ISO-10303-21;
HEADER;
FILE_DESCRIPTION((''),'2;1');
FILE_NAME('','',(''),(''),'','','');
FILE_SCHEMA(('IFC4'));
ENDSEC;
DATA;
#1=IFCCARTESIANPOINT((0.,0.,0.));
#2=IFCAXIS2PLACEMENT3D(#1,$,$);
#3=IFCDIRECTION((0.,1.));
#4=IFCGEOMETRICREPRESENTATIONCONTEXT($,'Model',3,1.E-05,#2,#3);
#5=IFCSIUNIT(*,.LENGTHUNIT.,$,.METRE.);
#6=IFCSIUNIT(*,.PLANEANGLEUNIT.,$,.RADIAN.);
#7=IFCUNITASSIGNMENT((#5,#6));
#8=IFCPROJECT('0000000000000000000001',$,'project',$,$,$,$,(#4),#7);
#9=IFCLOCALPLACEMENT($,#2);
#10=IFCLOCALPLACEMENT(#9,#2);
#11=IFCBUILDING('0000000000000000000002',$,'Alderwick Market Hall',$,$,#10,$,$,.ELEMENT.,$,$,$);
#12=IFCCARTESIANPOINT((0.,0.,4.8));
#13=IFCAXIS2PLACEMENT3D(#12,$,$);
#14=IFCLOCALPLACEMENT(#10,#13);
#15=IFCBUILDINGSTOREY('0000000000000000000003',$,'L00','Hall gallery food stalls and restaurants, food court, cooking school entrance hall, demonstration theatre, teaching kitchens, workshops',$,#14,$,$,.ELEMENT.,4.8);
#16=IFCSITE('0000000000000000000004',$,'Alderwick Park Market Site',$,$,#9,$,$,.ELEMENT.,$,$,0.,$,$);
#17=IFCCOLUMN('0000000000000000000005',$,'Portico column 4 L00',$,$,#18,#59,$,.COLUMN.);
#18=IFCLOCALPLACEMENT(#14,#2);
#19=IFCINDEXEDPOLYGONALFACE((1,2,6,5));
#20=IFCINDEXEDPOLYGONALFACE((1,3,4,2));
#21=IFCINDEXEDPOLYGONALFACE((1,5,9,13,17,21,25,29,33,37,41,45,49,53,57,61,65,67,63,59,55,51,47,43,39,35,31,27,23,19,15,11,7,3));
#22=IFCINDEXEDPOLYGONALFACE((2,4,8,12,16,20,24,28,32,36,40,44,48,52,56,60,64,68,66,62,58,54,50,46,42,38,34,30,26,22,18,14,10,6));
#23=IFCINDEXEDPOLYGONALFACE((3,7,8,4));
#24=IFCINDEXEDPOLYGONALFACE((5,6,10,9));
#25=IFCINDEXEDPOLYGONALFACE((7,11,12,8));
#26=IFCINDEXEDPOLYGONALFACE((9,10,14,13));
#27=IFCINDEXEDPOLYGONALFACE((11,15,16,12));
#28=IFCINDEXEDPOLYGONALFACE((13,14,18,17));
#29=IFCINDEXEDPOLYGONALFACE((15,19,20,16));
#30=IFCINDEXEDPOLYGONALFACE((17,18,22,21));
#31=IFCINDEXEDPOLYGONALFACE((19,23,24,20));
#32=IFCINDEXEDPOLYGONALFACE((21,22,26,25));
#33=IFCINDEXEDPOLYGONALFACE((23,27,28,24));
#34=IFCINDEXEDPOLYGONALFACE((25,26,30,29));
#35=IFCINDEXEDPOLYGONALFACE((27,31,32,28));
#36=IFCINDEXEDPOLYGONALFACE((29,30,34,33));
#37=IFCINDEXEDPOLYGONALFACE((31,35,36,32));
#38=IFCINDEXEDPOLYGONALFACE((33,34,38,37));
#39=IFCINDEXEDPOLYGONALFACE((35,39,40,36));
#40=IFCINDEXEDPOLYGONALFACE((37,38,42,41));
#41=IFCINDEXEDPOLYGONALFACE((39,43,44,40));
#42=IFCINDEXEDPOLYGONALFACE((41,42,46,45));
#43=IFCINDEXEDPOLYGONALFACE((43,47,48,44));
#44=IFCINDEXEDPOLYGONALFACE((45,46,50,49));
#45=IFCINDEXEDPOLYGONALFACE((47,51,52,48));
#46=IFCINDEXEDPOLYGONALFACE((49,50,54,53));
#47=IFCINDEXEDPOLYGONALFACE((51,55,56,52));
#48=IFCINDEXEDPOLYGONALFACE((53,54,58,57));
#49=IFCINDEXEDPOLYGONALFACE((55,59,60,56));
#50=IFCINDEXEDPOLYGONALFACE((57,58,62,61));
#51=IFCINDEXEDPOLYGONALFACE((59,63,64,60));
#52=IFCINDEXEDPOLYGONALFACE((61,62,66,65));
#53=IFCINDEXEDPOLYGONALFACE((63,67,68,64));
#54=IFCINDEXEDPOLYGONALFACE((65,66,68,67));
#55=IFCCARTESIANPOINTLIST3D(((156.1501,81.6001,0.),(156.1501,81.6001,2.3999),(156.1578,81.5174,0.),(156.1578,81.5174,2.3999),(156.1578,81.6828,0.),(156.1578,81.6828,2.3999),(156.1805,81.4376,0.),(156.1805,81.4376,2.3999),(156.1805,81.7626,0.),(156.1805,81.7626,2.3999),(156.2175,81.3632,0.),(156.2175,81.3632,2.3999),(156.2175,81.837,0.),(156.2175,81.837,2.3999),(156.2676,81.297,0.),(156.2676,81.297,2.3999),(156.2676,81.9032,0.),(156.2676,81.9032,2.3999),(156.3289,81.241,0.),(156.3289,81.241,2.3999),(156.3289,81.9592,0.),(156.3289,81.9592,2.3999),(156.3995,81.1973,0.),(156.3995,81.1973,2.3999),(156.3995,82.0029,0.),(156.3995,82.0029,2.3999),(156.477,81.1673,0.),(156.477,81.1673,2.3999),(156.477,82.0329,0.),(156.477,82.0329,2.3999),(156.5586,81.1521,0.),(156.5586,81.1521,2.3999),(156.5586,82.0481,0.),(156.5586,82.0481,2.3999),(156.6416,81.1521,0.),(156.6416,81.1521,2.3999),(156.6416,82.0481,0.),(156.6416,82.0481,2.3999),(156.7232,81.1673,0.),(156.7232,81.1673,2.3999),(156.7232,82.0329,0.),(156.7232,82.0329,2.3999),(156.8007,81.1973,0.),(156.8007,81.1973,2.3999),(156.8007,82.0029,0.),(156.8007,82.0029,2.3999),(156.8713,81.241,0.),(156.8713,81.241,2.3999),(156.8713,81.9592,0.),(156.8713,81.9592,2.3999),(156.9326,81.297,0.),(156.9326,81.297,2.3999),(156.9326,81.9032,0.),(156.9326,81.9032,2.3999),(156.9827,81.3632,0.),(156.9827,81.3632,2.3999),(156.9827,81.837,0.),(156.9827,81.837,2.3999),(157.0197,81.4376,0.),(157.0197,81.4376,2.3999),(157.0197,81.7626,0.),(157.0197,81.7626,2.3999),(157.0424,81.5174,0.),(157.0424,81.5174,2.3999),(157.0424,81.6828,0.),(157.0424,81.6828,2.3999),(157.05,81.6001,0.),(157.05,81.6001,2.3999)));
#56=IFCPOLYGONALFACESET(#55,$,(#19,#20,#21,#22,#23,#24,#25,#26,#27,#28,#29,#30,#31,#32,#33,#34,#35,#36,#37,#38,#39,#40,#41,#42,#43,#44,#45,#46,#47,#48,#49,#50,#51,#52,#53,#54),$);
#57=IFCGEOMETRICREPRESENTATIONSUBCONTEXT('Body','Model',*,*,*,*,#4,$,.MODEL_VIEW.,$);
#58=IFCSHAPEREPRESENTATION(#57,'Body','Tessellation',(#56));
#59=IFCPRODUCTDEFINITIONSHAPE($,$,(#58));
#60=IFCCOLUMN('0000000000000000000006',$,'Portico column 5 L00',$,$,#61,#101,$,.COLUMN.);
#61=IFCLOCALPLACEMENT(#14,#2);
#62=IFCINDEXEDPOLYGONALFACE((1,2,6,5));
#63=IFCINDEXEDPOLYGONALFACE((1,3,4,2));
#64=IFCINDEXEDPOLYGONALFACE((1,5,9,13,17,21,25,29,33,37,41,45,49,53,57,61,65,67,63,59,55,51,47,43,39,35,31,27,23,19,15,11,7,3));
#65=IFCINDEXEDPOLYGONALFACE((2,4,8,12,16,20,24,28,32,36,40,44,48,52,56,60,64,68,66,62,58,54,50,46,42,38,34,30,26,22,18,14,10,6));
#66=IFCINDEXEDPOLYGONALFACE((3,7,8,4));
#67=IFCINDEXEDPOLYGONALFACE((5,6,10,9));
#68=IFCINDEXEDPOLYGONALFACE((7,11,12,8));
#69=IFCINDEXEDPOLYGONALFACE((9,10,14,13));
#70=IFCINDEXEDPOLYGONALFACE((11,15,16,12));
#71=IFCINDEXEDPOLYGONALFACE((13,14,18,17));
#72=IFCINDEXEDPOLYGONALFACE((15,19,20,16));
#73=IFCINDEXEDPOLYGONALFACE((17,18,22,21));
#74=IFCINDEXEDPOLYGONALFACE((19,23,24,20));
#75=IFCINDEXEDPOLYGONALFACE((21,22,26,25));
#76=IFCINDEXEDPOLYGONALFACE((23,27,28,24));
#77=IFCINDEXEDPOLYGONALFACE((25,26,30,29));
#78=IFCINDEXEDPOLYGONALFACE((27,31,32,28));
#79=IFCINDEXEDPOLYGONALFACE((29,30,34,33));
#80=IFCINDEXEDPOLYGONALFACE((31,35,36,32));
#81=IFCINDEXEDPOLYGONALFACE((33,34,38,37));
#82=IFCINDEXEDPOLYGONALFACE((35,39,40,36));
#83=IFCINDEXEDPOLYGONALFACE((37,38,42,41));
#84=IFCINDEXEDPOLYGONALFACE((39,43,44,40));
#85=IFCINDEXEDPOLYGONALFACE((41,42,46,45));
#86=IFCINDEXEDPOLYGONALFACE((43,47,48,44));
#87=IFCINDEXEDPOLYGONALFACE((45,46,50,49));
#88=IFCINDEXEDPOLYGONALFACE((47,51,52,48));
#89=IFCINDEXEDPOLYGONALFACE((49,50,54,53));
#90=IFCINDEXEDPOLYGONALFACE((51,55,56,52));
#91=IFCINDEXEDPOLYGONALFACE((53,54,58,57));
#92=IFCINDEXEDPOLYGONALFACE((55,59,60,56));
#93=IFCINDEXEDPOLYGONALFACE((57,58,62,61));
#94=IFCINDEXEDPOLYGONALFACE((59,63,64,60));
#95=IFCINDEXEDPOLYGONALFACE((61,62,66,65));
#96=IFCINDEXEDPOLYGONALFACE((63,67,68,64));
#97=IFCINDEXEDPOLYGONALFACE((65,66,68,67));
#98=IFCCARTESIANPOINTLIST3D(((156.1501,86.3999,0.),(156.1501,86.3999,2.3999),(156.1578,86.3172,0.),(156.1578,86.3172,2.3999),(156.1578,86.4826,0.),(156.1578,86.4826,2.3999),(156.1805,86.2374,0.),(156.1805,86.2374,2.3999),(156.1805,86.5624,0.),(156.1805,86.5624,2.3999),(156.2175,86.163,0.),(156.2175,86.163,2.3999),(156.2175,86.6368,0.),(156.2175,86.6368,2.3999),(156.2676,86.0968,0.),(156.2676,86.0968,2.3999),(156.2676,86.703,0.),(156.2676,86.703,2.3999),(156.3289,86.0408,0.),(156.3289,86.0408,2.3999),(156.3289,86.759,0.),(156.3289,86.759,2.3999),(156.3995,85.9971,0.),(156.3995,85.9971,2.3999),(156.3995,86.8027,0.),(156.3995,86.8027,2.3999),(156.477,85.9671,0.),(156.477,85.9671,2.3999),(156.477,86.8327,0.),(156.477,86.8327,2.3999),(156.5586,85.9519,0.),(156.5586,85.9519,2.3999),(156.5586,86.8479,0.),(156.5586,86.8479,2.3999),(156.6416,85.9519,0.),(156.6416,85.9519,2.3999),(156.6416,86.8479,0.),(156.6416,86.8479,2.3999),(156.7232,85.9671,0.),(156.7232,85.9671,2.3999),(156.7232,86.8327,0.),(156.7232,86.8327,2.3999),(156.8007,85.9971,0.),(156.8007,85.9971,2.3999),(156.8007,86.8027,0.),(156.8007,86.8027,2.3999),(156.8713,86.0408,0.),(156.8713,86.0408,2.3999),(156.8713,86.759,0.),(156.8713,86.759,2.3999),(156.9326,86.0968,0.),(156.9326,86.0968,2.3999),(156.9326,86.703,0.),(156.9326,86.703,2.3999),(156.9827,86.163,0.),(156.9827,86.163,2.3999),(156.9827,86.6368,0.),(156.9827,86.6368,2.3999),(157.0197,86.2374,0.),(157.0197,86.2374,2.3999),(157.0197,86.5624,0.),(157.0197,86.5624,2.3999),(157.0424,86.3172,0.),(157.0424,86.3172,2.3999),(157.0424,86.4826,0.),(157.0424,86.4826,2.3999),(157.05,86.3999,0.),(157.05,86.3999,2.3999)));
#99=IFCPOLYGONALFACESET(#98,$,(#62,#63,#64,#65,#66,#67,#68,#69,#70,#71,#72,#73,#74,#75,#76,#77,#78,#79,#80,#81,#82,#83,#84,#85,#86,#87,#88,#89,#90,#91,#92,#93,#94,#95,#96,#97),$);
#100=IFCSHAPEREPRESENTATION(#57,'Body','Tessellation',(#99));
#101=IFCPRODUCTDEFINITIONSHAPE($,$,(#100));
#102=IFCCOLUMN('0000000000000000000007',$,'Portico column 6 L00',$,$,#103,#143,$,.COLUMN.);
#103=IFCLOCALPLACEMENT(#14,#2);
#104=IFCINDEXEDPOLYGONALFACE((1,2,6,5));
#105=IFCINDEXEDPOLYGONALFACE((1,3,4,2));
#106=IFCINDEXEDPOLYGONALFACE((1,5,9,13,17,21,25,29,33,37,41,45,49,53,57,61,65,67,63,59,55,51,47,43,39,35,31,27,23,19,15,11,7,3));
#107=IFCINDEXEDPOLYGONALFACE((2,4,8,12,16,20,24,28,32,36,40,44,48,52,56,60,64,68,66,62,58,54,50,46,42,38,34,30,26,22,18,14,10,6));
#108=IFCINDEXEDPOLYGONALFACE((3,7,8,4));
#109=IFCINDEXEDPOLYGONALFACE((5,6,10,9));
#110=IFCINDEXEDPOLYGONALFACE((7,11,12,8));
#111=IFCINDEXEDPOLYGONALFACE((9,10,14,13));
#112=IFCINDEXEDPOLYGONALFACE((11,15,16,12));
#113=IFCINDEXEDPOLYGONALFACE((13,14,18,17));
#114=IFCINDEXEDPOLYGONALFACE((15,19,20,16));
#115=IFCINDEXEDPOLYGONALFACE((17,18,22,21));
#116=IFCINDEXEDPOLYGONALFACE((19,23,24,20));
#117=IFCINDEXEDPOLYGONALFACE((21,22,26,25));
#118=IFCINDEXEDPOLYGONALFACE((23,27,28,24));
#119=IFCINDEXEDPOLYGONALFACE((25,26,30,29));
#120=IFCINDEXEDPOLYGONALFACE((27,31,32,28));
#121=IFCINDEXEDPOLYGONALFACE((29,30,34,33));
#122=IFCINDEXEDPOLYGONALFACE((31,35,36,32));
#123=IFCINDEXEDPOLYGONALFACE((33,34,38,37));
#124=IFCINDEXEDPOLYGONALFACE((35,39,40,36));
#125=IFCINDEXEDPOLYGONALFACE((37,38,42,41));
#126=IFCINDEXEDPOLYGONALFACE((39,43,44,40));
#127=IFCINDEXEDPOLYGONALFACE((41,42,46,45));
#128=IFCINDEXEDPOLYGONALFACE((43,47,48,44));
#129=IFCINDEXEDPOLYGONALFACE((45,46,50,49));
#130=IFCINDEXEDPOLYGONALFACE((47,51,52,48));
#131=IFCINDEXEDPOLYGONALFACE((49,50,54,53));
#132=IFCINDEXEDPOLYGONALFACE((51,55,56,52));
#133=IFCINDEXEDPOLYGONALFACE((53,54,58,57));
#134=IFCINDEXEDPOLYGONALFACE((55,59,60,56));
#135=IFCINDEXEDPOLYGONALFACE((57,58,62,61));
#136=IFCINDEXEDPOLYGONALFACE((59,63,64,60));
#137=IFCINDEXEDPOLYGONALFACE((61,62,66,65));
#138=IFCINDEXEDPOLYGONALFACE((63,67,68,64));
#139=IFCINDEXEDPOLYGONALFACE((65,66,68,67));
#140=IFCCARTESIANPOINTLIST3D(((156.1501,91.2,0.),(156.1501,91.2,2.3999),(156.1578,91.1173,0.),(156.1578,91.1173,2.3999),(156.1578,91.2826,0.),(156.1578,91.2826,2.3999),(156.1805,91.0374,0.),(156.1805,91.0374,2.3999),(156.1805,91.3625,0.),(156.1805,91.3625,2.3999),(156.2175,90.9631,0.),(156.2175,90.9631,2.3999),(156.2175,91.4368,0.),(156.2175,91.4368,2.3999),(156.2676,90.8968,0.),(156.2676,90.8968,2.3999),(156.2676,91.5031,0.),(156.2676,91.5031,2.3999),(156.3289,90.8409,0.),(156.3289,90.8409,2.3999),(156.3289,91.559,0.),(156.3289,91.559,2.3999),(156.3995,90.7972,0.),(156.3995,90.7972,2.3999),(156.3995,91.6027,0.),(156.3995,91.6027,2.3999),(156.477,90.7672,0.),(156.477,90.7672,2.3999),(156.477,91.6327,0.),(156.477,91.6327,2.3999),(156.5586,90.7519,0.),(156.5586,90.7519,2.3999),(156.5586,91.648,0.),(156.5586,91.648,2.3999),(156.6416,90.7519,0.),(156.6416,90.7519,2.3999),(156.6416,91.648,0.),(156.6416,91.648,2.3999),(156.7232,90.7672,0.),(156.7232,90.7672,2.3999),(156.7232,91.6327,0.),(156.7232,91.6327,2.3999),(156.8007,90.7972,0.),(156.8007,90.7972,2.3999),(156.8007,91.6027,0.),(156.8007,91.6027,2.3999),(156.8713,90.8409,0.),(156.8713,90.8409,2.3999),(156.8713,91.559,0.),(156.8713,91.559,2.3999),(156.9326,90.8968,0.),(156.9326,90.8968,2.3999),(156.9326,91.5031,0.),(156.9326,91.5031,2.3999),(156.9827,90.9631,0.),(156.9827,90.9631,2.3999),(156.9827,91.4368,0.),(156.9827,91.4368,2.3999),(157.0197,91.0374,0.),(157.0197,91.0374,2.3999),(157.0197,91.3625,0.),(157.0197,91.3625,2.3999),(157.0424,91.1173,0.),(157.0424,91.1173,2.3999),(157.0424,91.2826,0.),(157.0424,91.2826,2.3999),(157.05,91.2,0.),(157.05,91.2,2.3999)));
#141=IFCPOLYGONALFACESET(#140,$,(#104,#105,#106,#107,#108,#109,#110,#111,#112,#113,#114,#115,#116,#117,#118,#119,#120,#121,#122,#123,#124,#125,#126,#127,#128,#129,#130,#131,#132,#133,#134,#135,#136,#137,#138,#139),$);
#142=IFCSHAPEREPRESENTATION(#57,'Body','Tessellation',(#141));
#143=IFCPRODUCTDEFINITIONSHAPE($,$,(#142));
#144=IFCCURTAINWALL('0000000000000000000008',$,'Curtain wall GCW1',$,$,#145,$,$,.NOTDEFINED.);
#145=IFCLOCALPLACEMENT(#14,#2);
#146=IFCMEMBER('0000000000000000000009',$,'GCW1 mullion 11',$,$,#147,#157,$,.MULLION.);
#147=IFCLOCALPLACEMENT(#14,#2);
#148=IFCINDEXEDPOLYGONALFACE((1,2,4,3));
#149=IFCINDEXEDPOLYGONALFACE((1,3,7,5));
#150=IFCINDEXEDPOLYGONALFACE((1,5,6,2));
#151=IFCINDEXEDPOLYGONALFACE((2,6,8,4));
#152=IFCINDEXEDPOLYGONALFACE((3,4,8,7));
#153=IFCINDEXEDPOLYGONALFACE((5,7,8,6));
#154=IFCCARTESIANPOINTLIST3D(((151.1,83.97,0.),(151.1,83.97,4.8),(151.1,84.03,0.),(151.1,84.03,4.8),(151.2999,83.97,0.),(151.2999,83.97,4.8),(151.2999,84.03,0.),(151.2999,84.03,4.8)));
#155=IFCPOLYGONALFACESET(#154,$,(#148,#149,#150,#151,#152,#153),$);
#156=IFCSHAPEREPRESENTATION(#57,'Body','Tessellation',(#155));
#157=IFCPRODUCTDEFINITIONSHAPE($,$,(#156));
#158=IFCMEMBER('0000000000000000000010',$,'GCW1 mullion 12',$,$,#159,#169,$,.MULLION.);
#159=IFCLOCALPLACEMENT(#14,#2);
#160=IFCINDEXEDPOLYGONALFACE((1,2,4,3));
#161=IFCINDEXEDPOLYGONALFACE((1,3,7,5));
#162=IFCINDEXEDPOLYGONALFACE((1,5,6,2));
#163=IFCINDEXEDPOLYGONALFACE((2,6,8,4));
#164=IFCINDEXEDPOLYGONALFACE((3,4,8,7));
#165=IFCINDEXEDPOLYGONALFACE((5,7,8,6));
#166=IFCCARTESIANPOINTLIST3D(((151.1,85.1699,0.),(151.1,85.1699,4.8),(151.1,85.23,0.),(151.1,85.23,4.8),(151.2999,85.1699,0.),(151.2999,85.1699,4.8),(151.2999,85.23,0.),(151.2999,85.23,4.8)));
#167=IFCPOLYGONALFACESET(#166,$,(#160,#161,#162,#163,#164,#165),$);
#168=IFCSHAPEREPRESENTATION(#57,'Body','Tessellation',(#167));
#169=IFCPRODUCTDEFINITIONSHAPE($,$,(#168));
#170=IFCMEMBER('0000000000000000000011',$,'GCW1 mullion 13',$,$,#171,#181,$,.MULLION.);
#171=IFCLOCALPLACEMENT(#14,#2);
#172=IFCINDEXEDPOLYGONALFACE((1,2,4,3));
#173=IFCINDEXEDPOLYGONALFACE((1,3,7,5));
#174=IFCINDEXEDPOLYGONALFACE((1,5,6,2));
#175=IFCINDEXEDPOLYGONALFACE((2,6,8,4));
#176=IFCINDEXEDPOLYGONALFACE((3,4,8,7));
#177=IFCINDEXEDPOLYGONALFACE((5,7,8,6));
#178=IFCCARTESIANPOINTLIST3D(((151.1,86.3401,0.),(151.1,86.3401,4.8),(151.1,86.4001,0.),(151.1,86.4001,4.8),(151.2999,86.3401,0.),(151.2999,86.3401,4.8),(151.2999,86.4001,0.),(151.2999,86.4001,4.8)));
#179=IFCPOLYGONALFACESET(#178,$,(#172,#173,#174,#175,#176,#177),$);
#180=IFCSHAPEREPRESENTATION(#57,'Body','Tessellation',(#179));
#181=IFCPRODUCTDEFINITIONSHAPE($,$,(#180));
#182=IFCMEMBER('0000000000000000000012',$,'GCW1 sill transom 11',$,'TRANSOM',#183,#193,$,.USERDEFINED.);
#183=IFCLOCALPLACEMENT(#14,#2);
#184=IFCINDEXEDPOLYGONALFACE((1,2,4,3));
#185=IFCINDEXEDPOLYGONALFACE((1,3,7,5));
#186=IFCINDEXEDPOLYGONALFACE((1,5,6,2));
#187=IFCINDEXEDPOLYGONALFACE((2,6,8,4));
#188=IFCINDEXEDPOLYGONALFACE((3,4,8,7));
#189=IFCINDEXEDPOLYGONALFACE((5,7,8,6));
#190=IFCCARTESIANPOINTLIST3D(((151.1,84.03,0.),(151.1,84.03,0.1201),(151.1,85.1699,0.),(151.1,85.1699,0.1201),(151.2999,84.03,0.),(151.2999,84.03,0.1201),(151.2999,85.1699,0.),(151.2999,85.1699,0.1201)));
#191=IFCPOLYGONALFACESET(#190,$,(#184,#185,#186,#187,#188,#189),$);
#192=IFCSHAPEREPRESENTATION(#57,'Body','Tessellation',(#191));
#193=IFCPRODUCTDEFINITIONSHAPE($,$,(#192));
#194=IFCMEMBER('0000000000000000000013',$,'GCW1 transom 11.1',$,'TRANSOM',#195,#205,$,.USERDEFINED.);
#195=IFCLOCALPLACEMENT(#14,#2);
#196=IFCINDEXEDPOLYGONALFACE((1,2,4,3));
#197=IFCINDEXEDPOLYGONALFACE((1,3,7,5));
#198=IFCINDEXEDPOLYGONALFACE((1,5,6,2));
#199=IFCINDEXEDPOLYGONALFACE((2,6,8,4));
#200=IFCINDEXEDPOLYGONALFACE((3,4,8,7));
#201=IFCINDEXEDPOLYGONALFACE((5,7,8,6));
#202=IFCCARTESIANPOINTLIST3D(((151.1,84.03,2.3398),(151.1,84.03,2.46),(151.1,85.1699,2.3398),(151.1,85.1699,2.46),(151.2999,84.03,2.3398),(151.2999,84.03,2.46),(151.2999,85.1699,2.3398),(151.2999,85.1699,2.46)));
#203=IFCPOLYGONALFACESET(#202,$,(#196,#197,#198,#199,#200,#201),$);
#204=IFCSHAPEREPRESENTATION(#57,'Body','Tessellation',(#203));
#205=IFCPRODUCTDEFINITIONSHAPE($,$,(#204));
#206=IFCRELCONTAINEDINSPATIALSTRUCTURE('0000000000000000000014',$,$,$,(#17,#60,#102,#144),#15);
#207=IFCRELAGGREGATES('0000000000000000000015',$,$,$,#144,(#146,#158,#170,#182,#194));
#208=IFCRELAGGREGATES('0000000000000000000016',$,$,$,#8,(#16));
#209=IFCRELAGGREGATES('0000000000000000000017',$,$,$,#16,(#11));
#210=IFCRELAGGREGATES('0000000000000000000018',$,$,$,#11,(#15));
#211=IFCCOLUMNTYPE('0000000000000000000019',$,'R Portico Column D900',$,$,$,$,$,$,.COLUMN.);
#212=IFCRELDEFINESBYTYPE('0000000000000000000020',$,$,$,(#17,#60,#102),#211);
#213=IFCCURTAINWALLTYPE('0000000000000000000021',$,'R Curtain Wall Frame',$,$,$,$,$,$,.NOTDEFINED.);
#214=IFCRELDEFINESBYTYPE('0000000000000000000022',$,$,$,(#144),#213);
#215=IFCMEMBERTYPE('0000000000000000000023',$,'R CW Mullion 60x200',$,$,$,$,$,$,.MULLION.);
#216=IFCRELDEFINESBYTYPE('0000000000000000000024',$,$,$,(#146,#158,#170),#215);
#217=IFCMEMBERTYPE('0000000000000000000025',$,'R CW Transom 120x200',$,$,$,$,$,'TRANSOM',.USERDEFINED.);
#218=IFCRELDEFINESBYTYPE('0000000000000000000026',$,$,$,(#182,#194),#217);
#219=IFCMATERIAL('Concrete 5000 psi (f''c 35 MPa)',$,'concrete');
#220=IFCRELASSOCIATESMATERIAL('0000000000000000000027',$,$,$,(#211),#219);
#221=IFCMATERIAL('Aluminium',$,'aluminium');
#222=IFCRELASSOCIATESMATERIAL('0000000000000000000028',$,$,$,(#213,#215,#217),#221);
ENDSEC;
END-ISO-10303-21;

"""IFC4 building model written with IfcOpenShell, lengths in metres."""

from ifc_helpers import new_model, si_unit, direction, frame, origin, origin_2d, place, context, subcontext, project, spatial, rectangle, circle, extrude, material, material_profile, profile_set, type_object, element, aggregate, save


model = new_model("IFC4")

# Units and contexts
model_context = context("Model", 3, precision=1e-05, world=origin(), true_north=direction((0.0, 1.0)))
body_context = subcontext(model_context, "Body", "Model", "MODEL_VIEW")
ifc_project = project(units=[si_unit("LENGTHUNIT", "METRE"), si_unit("PLANEANGLEUNIT", "RADIAN")], contexts=[model_context])

# Site, building, storey
site_placement = place(None, origin())
site = spatial("IfcSite", under=ifc_project, at=site_placement, Name="Alderwick Park Market Site", CompositionType="ELEMENT", RefElevation=0.0)
building_placement = place(site_placement, origin())
building = spatial("IfcBuilding", under=site, at=building_placement, Name="Alderwick Market Hall", CompositionType="ELEMENT")
storey_placement = place(building_placement, frame((0.0, 0.0, 4.8)))
storey = spatial("IfcBuildingStorey", under=building, at=storey_placement, Name="L00", Description="Hall gallery food stalls and restaurants, food court, cooking school entrance hall, demonstration theatre, teaching kitchens, workshops", CompositionType="ELEMENT", Elevation=4.8)

# Columns
ifc_material_1 = material(Name="Concrete 5000 psi (f'c 35 MPa)", Category="concrete")
ifc_material_profile_1 = material_profile(ifc_material_1, circle(Radius=0.45, at=origin_2d()), Name="RC D900")
ifc_profile_set_1 = profile_set([ifc_material_profile_1], Name="Concrete 5000 psi (f'c 35 MPa)")
column_type = type_object("IfcColumnType", Name="R Portico Column D900", PredefinedType="COLUMN", material=ifc_profile_set_1)
for number, where, z_axis, x_axis, name in (
    (1, (156.6001, 81.6001, 0.0), (0.0, 0.0, 1.0), (1.0, 0.0, 0.0), "Portico column 4 L00"),
    (2, (156.6001, 86.3999, 0.0), (0.0, 0.0, 1.0), (1.0, 0.0, 0.0), "Portico column 5 L00"),
    (3, (156.6001, 91.2, 0.0), (0.0, 0.0, 1.0), (1.0, 0.0, 0.0), "Portico column 6 L00"),
):
    element("IfcColumn", number, at=place(storey_placement, frame(where, z_axis=z_axis, x_axis=x_axis)), inside=storey, type_object=column_type, Name=name, PredefinedType="COLUMN", context=body_context, shape_type="SweptSolid", body=[
        extrude(circle(Radius=0.45, at=origin_2d()), origin(), (0.0, 0.0, 1.0), 2.3999),
    ])

# Curtain wall, members
ifc_material_2 = material(Name="Aluminium", Category="aluminium")
curtain_wall_type = type_object("IfcCurtainWallType", Name="R Curtain Wall Frame", PredefinedType="NOTDEFINED", material=ifc_material_2)
curtain_wall_placement = place(storey_placement, origin())
curtain_wall = element("IfcCurtainWall", 4, at=curtain_wall_placement, inside=storey, type_object=curtain_wall_type, Name="Curtain wall GCW1", PredefinedType="NOTDEFINED")
ifc_material_profile_2 = material_profile(ifc_material_2, rectangle(XDim=0.2, YDim=0.0601, at=origin_2d()), Name="AL 60x200")
ifc_profile_set_2 = profile_set([ifc_material_profile_2], Name="Aluminium")
member_type_1 = type_object("IfcMemberType", Name="R CW Mullion 60x200", PredefinedType="MULLION", material=ifc_profile_set_2)
member_1_placement = place(storey_placement, frame((151.2, 84.0, 0.0), z_axis=(0.0, 0.0, 1.0), x_axis=(1.0, 0.0, 0.0)))
member_1 = element("IfcMember", 5, at=member_1_placement, type_object=member_type_1, Name="GCW1 mullion 11", PredefinedType="MULLION", context=body_context, shape_type="SweptSolid", body=[
    extrude(rectangle(XDim=0.2, YDim=0.0601, at=origin_2d()), origin(), (0.0, 0.0, 1.0), 4.8),
])
member_2_placement = place(storey_placement, frame((151.2, 85.2, 0.0), z_axis=(0.0, 0.0, 1.0), x_axis=(1.0, 0.0, 0.0)))
member_2 = element("IfcMember", 6, at=member_2_placement, type_object=member_type_1, Name="GCW1 mullion 12", PredefinedType="MULLION", context=body_context, shape_type="SweptSolid", body=[
    extrude(rectangle(XDim=0.2, YDim=0.0601, at=origin_2d()), origin(), (0.0, 0.0, 1.0), 4.8),
])
member_3_placement = place(storey_placement, frame((151.2, 86.3701, 0.0), z_axis=(0.0, 0.0, 1.0), x_axis=(1.0, 0.0, 0.0)))
member_3 = element("IfcMember", 7, at=member_3_placement, type_object=member_type_1, Name="GCW1 mullion 13", PredefinedType="MULLION", context=body_context, shape_type="SweptSolid", body=[
    extrude(rectangle(XDim=0.2, YDim=0.0601, at=origin_2d()), origin(), (0.0, 0.0, 1.0), 4.8),
])
ifc_material_profile_3 = material_profile(ifc_material_2, rectangle(XDim=0.2, YDim=0.1201, at=origin_2d()), Name="AL 120x200")
ifc_profile_set_3 = profile_set([ifc_material_profile_3], Name="Aluminium")
member_type_2 = type_object("IfcMemberType", Name="R CW Transom 120x200", ElementType="TRANSOM", PredefinedType="USERDEFINED", material=ifc_profile_set_3)
member_4_placement = place(storey_placement, frame((151.2, 84.03, 0.0601), z_axis=(0.0, 1.0, 0.0), x_axis=(-1.0, 0.0, 0.0)))
member_4 = element("IfcMember", 8, at=member_4_placement, type_object=member_type_2, Name="GCW1 sill transom 11", ObjectType="TRANSOM", PredefinedType="USERDEFINED", context=body_context, shape_type="SweptSolid", body=[
    extrude(rectangle(XDim=0.2, YDim=0.1201, at=origin_2d()), origin(), (0.0, 0.0, 1.0), 1.1399),
])
member_5_placement = place(storey_placement, frame((151.2, 84.03, 2.3999), z_axis=(0.0, 1.0, 0.0), x_axis=(-1.0, 0.0, 0.0)))
member_5 = element("IfcMember", 9, at=member_5_placement, type_object=member_type_2, Name="GCW1 transom 11.1", ObjectType="TRANSOM", PredefinedType="USERDEFINED", context=body_context, shape_type="SweptSolid", body=[
    extrude(rectangle(XDim=0.2, YDim=0.1201, at=origin_2d()), origin(), (0.0, 0.0, 1.0), 1.1399),
])

aggregate(curtain_wall, [member_1, member_2, member_3, member_4, member_5])

save(model, "model.ifc")
